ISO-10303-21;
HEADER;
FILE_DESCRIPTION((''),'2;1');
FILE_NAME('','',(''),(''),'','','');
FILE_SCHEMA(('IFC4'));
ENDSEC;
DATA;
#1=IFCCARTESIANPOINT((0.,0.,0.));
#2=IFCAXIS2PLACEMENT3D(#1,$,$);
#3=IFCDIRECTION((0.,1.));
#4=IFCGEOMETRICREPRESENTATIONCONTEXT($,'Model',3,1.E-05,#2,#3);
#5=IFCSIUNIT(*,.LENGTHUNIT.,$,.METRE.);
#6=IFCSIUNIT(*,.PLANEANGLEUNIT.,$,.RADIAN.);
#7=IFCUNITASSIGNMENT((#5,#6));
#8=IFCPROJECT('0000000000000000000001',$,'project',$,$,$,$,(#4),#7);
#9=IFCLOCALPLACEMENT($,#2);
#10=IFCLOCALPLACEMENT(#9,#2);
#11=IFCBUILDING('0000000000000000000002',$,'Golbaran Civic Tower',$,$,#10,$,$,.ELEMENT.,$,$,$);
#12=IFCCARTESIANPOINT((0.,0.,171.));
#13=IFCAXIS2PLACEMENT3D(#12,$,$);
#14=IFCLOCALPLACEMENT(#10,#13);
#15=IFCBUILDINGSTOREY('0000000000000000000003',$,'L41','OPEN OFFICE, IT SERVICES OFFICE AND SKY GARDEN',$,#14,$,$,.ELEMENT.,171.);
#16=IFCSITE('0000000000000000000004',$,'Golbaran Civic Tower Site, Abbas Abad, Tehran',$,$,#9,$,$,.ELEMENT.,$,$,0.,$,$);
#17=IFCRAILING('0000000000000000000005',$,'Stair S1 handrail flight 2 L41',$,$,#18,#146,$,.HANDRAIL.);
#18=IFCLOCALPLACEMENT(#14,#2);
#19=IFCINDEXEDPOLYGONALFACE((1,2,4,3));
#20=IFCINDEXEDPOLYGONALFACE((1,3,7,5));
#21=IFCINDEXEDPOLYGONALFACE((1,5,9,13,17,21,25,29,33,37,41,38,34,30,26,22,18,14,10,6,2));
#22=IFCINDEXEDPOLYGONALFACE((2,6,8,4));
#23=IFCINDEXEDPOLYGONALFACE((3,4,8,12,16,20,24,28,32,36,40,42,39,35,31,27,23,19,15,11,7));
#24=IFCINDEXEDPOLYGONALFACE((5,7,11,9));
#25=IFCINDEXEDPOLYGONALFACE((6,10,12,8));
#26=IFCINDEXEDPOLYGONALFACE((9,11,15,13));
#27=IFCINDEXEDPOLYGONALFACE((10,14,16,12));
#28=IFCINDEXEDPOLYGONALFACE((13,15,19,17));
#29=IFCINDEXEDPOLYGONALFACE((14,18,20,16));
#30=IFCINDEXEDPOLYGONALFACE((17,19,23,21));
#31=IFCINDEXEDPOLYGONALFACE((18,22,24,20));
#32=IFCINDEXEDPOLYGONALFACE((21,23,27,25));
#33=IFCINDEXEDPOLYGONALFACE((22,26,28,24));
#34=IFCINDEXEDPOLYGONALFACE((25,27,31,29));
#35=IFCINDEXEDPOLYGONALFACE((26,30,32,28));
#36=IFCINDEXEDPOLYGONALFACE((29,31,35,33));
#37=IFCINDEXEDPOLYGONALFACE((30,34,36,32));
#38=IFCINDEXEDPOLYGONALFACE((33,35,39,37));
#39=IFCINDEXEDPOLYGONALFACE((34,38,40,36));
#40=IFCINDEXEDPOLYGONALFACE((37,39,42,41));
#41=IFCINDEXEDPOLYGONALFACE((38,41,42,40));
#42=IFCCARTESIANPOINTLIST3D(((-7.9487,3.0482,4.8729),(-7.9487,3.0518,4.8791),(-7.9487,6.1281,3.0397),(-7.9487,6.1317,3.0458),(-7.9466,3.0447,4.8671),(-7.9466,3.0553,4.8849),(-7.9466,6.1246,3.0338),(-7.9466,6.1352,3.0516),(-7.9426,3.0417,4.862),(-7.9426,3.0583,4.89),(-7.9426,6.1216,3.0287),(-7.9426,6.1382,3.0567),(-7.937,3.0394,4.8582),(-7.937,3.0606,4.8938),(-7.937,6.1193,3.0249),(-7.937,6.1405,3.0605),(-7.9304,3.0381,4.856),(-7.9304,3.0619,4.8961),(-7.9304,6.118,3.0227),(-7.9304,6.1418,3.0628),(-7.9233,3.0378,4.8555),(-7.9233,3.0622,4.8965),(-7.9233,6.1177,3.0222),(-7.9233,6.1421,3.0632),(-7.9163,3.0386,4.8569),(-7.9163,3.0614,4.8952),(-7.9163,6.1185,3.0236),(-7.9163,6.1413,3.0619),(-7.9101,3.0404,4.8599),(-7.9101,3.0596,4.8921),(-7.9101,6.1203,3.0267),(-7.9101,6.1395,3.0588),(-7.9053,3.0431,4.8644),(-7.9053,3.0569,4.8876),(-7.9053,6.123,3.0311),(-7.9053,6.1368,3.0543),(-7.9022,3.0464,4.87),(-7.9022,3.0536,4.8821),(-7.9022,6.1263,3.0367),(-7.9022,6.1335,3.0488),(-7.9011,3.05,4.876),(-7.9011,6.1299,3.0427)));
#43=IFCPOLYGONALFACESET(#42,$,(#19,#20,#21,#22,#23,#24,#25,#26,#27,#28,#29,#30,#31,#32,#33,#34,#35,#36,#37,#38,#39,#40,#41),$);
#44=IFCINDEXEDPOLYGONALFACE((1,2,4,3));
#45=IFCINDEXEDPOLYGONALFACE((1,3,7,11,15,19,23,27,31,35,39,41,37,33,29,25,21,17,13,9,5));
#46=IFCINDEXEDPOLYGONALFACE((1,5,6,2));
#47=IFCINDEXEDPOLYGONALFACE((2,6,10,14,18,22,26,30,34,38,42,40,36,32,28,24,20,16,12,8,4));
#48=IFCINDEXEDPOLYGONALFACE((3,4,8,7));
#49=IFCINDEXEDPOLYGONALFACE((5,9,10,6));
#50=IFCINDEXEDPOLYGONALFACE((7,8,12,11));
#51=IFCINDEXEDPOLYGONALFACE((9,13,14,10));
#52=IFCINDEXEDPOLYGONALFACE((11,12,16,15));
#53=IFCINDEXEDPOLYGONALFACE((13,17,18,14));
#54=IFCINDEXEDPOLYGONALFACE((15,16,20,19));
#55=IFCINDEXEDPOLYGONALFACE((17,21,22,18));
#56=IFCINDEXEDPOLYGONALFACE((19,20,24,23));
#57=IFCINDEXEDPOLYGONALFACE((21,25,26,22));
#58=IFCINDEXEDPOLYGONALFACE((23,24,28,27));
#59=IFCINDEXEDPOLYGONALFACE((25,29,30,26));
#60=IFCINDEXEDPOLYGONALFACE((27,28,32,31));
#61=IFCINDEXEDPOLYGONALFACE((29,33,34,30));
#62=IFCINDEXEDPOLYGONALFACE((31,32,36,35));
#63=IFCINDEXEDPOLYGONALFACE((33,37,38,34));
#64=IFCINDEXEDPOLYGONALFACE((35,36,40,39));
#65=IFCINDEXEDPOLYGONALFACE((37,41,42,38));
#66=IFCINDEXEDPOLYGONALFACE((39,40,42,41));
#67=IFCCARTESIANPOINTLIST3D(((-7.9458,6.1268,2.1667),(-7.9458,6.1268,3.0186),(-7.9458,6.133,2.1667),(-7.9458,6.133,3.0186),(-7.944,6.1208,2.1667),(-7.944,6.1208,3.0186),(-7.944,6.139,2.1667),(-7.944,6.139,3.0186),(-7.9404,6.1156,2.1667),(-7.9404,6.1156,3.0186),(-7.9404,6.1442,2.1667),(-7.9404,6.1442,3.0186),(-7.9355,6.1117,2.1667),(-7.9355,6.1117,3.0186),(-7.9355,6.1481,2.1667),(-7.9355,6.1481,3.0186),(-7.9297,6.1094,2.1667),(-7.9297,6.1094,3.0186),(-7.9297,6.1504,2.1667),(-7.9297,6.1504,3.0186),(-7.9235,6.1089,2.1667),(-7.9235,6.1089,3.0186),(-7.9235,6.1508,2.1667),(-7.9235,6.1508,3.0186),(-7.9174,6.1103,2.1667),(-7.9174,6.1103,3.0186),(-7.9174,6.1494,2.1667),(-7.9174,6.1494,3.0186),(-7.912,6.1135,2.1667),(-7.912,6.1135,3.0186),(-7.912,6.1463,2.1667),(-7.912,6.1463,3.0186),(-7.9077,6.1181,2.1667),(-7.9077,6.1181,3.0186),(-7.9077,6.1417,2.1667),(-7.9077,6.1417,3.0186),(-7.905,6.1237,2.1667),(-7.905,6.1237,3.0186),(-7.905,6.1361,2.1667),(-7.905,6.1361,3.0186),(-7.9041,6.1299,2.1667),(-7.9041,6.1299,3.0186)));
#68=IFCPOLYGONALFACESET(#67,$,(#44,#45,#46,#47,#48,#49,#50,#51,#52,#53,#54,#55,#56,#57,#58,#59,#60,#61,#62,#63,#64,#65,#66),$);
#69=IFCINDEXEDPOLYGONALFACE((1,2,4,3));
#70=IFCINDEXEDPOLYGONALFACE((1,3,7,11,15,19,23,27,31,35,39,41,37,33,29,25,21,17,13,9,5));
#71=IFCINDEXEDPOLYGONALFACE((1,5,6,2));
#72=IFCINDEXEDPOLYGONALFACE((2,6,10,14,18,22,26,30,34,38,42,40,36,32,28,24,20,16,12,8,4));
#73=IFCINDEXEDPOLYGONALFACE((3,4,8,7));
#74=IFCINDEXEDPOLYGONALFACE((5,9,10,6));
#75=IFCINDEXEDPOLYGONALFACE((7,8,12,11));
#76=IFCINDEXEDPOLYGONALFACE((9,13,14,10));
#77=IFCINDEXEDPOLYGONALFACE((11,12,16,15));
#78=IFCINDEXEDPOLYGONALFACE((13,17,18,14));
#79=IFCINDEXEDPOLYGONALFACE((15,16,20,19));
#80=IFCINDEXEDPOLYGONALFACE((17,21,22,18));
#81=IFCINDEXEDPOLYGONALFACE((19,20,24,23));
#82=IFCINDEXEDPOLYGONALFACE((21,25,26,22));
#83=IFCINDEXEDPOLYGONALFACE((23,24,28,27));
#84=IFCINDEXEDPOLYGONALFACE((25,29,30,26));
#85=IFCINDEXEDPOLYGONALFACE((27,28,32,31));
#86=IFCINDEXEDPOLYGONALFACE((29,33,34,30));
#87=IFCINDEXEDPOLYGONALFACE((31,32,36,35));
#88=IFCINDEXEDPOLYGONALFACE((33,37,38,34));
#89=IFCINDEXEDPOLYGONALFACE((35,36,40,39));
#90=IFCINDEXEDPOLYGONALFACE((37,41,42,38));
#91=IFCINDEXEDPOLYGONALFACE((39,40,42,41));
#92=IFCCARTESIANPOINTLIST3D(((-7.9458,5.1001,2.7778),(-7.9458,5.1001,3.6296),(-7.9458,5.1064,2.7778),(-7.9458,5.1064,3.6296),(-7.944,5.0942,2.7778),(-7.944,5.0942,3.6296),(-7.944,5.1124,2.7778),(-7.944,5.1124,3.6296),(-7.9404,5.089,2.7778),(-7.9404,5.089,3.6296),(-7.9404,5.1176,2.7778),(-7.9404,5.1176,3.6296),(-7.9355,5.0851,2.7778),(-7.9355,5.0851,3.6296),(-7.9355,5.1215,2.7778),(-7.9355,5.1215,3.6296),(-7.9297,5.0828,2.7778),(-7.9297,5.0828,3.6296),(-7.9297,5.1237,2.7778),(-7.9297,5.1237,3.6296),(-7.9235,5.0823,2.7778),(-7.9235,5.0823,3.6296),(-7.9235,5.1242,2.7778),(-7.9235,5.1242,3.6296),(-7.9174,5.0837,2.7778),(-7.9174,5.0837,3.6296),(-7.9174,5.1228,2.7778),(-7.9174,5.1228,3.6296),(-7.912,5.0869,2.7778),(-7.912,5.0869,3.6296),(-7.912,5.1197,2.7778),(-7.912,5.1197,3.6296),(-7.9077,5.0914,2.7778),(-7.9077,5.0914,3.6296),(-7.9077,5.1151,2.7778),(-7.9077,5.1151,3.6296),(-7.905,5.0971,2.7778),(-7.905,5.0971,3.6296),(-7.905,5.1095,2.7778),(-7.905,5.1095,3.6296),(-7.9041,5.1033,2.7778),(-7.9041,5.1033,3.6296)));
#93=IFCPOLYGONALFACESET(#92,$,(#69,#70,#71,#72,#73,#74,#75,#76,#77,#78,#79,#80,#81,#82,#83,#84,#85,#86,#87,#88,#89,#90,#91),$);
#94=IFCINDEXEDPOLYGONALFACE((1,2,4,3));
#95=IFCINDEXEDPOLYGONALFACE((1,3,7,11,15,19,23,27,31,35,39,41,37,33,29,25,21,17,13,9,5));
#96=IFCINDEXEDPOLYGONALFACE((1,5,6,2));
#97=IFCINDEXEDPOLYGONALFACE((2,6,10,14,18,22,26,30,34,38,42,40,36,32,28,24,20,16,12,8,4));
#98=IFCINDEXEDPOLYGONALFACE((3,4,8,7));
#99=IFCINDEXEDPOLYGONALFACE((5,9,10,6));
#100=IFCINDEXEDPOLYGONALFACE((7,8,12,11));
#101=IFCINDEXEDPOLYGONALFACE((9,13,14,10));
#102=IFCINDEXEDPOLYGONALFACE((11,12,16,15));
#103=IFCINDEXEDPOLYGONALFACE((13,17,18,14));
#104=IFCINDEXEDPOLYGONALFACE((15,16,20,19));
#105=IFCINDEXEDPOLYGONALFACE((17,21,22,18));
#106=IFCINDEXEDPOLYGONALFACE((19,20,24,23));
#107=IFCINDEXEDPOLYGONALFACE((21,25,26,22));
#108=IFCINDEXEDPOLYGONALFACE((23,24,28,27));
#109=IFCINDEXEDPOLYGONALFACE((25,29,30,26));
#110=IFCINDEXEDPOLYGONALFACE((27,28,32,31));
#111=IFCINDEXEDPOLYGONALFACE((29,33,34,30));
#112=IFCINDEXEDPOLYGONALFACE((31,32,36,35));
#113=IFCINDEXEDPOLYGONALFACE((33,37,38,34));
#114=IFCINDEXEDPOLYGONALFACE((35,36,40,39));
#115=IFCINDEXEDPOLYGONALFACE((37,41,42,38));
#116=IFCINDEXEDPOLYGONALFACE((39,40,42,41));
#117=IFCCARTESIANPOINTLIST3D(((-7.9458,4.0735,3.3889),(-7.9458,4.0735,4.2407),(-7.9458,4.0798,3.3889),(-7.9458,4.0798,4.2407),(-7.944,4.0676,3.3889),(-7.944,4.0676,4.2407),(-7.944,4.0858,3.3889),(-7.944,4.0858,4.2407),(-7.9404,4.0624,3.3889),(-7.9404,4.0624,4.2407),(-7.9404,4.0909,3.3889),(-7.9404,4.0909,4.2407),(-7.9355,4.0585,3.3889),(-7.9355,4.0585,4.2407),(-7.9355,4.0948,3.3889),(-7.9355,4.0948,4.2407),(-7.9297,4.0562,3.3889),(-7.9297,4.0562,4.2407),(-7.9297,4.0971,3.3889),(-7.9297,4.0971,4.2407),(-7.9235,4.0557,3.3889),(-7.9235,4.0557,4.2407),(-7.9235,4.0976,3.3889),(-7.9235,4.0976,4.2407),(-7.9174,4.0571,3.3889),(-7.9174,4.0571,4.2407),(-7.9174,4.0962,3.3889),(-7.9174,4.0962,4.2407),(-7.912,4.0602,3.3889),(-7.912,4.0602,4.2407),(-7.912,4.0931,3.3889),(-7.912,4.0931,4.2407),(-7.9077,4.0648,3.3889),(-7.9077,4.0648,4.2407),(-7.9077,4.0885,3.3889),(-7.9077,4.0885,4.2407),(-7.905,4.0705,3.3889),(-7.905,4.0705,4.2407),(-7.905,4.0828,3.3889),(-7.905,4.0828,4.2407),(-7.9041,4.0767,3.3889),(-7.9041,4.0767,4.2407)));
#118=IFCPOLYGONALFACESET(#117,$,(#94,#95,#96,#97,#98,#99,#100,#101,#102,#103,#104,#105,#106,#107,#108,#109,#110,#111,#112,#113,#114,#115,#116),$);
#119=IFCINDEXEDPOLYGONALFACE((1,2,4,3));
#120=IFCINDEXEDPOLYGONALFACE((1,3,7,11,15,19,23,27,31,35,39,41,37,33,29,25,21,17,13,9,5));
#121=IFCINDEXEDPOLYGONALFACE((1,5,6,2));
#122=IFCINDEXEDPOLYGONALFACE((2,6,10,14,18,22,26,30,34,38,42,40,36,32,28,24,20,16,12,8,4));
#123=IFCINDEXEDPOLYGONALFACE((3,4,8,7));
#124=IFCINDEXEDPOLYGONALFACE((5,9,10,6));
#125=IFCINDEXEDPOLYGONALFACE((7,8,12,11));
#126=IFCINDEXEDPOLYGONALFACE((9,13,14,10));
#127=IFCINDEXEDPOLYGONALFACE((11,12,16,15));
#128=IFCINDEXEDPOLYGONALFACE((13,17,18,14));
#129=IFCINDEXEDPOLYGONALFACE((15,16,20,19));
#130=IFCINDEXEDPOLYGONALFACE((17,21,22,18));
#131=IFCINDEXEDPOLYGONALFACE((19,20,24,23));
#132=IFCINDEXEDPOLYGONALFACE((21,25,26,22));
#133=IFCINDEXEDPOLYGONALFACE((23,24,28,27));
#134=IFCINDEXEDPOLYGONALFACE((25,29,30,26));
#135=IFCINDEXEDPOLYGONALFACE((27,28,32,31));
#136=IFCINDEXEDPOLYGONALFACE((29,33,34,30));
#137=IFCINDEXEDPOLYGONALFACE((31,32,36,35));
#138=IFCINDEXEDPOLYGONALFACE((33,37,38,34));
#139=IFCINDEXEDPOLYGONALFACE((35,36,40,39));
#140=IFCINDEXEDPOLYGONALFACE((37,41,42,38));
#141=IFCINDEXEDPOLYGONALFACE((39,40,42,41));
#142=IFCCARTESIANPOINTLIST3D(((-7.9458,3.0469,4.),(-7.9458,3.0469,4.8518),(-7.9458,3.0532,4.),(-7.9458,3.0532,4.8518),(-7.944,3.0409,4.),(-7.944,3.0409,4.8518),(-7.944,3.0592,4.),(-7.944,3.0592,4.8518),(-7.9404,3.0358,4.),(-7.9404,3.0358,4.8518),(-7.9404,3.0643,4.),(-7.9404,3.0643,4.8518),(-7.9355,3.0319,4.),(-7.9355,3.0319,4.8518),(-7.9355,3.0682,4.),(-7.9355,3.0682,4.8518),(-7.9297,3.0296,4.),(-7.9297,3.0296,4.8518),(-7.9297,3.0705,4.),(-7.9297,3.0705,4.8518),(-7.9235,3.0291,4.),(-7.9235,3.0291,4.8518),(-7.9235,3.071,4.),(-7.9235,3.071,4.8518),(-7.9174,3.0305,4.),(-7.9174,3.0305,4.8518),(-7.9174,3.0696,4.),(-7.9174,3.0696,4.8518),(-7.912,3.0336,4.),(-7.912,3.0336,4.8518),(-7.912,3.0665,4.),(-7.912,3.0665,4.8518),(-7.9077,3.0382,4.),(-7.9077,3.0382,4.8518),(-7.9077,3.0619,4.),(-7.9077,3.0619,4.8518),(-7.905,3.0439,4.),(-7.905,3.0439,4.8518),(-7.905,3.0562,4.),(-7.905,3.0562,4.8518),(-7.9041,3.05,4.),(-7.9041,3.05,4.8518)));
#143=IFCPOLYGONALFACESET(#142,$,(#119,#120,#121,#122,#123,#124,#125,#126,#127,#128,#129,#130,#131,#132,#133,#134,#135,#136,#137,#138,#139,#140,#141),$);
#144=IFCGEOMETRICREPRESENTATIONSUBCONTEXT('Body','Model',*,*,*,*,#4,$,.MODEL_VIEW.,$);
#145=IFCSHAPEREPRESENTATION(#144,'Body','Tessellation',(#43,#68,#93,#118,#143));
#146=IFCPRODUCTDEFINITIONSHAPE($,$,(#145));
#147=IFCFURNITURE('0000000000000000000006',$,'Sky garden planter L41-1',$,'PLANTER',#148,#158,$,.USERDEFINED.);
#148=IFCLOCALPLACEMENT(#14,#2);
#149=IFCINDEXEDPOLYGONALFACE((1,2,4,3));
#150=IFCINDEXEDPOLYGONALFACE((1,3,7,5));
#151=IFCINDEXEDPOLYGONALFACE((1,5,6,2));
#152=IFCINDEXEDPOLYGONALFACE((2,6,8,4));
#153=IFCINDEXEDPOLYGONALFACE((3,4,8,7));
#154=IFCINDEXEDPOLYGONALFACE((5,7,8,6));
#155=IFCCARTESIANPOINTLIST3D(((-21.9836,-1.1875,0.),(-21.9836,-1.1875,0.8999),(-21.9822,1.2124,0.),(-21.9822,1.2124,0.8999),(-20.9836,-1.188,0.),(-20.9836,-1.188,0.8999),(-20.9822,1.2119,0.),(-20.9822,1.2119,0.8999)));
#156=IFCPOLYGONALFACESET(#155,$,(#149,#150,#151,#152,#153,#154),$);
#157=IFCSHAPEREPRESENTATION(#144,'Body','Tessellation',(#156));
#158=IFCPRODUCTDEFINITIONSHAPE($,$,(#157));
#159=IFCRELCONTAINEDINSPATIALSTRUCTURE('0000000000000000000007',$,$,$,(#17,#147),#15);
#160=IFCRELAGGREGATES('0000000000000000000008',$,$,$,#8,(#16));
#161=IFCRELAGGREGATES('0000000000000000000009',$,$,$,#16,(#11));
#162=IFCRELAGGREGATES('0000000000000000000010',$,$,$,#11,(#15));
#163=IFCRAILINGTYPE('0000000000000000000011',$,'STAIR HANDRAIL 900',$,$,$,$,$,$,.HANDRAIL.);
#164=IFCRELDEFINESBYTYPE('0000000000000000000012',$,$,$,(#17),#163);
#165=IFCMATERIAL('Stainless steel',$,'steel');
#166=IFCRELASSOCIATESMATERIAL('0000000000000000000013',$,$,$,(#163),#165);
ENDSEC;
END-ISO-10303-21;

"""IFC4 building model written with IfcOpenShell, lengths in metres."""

from ifc_helpers import new_model, si_unit, direction, frame, origin, origin_2d, place, context, subcontext, project, spatial, rectangle, circle, extrude, material, type_object, element, save


model = new_model("IFC4")

# Units and contexts
model_context = context("Model", 3, precision=1e-05, world=origin(), true_north=direction((0.0, 1.0)))
body_context = subcontext(model_context, "Body", "Model", "MODEL_VIEW")
ifc_project = project(units=[si_unit("LENGTHUNIT", "METRE"), si_unit("PLANEANGLEUNIT", "RADIAN")], contexts=[model_context])

# Site, building, storey
site_placement = place(None, origin())
site = spatial("IfcSite", under=ifc_project, at=site_placement, Name="Golbaran Civic Tower Site, Abbas Abad, Tehran", CompositionType="ELEMENT", RefElevation=0.0)
building_placement = place(site_placement, origin())
building = spatial("IfcBuilding", under=site, at=building_placement, Name="Golbaran Civic Tower", CompositionType="ELEMENT")
storey_placement = place(building_placement, frame((0.0, 0.0, 171.0)))
storey = spatial("IfcBuildingStorey", under=building, at=storey_placement, Name="L41", Description="OPEN OFFICE, IT SERVICES OFFICE AND SKY GARDEN", CompositionType="ELEMENT", Elevation=171.0)

# Shared definitions
ifc_material_1 = material(Name="Stainless steel", Category="steel")

# Railing
railing_type = type_object("IfcRailingType", Name="STAIR HANDRAIL 900", PredefinedType="HANDRAIL", material=ifc_material_1)
railing_1_placement = place(storey_placement, frame((-7.925, 6.1299, 2.1667)))
element("IfcRailing", 1, at=railing_1_placement, inside=storey, type_object=railing_type, Name="Stair S1 handrail flight 2 L41", PredefinedType="HANDRAIL", context=body_context, shape_type="SweptSolid", body=[
    extrude(circle(Radius=0.0239, at=origin_2d()), frame((0.0, 0.0, 0.876), z_axis=(0.0, -0.859291, 0.511487), x_axis=(1.0, 0.0, 0.0)), (0.0, 0.0, 1.0), 3.5842),
    extrude(circle(Radius=0.021, at=origin_2d()), origin(), (0.0, 0.0, 1.0), 0.8518),
    extrude(circle(Radius=0.021, at=origin_2d()), frame((0.0, -1.0266, 0.6111)), (0.0, 0.0, 1.0), 0.8518),
    extrude(circle(Radius=0.021, at=origin_2d()), frame((0.0, -2.0532, 1.2222)), (0.0, 0.0, 1.0), 0.8518),
    extrude(circle(Radius=0.021, at=origin_2d()), frame((0.0, -3.0798, 1.8333)), (0.0, 0.0, 1.0), 0.8518),
])

# Furniture
furniture_placement = place(storey_placement, frame((-21.4829, 0.0122, 0.0), z_axis=(0.0, 0.0, 1.0), x_axis=(-0.00057, -1.0, 0.0)))
element("IfcFurniture", 2, at=furniture_placement, inside=storey, Name="Sky garden planter L41-1", ObjectType="PLANTER", PredefinedType="USERDEFINED", context=body_context, shape_type="SweptSolid", body=[
    extrude(rectangle(XDim=2.3999, YDim=1.0, at=origin_2d()), origin(), (0.0, 0.0, 1.0), 0.8999),
])

save(model, "model.ifc")
